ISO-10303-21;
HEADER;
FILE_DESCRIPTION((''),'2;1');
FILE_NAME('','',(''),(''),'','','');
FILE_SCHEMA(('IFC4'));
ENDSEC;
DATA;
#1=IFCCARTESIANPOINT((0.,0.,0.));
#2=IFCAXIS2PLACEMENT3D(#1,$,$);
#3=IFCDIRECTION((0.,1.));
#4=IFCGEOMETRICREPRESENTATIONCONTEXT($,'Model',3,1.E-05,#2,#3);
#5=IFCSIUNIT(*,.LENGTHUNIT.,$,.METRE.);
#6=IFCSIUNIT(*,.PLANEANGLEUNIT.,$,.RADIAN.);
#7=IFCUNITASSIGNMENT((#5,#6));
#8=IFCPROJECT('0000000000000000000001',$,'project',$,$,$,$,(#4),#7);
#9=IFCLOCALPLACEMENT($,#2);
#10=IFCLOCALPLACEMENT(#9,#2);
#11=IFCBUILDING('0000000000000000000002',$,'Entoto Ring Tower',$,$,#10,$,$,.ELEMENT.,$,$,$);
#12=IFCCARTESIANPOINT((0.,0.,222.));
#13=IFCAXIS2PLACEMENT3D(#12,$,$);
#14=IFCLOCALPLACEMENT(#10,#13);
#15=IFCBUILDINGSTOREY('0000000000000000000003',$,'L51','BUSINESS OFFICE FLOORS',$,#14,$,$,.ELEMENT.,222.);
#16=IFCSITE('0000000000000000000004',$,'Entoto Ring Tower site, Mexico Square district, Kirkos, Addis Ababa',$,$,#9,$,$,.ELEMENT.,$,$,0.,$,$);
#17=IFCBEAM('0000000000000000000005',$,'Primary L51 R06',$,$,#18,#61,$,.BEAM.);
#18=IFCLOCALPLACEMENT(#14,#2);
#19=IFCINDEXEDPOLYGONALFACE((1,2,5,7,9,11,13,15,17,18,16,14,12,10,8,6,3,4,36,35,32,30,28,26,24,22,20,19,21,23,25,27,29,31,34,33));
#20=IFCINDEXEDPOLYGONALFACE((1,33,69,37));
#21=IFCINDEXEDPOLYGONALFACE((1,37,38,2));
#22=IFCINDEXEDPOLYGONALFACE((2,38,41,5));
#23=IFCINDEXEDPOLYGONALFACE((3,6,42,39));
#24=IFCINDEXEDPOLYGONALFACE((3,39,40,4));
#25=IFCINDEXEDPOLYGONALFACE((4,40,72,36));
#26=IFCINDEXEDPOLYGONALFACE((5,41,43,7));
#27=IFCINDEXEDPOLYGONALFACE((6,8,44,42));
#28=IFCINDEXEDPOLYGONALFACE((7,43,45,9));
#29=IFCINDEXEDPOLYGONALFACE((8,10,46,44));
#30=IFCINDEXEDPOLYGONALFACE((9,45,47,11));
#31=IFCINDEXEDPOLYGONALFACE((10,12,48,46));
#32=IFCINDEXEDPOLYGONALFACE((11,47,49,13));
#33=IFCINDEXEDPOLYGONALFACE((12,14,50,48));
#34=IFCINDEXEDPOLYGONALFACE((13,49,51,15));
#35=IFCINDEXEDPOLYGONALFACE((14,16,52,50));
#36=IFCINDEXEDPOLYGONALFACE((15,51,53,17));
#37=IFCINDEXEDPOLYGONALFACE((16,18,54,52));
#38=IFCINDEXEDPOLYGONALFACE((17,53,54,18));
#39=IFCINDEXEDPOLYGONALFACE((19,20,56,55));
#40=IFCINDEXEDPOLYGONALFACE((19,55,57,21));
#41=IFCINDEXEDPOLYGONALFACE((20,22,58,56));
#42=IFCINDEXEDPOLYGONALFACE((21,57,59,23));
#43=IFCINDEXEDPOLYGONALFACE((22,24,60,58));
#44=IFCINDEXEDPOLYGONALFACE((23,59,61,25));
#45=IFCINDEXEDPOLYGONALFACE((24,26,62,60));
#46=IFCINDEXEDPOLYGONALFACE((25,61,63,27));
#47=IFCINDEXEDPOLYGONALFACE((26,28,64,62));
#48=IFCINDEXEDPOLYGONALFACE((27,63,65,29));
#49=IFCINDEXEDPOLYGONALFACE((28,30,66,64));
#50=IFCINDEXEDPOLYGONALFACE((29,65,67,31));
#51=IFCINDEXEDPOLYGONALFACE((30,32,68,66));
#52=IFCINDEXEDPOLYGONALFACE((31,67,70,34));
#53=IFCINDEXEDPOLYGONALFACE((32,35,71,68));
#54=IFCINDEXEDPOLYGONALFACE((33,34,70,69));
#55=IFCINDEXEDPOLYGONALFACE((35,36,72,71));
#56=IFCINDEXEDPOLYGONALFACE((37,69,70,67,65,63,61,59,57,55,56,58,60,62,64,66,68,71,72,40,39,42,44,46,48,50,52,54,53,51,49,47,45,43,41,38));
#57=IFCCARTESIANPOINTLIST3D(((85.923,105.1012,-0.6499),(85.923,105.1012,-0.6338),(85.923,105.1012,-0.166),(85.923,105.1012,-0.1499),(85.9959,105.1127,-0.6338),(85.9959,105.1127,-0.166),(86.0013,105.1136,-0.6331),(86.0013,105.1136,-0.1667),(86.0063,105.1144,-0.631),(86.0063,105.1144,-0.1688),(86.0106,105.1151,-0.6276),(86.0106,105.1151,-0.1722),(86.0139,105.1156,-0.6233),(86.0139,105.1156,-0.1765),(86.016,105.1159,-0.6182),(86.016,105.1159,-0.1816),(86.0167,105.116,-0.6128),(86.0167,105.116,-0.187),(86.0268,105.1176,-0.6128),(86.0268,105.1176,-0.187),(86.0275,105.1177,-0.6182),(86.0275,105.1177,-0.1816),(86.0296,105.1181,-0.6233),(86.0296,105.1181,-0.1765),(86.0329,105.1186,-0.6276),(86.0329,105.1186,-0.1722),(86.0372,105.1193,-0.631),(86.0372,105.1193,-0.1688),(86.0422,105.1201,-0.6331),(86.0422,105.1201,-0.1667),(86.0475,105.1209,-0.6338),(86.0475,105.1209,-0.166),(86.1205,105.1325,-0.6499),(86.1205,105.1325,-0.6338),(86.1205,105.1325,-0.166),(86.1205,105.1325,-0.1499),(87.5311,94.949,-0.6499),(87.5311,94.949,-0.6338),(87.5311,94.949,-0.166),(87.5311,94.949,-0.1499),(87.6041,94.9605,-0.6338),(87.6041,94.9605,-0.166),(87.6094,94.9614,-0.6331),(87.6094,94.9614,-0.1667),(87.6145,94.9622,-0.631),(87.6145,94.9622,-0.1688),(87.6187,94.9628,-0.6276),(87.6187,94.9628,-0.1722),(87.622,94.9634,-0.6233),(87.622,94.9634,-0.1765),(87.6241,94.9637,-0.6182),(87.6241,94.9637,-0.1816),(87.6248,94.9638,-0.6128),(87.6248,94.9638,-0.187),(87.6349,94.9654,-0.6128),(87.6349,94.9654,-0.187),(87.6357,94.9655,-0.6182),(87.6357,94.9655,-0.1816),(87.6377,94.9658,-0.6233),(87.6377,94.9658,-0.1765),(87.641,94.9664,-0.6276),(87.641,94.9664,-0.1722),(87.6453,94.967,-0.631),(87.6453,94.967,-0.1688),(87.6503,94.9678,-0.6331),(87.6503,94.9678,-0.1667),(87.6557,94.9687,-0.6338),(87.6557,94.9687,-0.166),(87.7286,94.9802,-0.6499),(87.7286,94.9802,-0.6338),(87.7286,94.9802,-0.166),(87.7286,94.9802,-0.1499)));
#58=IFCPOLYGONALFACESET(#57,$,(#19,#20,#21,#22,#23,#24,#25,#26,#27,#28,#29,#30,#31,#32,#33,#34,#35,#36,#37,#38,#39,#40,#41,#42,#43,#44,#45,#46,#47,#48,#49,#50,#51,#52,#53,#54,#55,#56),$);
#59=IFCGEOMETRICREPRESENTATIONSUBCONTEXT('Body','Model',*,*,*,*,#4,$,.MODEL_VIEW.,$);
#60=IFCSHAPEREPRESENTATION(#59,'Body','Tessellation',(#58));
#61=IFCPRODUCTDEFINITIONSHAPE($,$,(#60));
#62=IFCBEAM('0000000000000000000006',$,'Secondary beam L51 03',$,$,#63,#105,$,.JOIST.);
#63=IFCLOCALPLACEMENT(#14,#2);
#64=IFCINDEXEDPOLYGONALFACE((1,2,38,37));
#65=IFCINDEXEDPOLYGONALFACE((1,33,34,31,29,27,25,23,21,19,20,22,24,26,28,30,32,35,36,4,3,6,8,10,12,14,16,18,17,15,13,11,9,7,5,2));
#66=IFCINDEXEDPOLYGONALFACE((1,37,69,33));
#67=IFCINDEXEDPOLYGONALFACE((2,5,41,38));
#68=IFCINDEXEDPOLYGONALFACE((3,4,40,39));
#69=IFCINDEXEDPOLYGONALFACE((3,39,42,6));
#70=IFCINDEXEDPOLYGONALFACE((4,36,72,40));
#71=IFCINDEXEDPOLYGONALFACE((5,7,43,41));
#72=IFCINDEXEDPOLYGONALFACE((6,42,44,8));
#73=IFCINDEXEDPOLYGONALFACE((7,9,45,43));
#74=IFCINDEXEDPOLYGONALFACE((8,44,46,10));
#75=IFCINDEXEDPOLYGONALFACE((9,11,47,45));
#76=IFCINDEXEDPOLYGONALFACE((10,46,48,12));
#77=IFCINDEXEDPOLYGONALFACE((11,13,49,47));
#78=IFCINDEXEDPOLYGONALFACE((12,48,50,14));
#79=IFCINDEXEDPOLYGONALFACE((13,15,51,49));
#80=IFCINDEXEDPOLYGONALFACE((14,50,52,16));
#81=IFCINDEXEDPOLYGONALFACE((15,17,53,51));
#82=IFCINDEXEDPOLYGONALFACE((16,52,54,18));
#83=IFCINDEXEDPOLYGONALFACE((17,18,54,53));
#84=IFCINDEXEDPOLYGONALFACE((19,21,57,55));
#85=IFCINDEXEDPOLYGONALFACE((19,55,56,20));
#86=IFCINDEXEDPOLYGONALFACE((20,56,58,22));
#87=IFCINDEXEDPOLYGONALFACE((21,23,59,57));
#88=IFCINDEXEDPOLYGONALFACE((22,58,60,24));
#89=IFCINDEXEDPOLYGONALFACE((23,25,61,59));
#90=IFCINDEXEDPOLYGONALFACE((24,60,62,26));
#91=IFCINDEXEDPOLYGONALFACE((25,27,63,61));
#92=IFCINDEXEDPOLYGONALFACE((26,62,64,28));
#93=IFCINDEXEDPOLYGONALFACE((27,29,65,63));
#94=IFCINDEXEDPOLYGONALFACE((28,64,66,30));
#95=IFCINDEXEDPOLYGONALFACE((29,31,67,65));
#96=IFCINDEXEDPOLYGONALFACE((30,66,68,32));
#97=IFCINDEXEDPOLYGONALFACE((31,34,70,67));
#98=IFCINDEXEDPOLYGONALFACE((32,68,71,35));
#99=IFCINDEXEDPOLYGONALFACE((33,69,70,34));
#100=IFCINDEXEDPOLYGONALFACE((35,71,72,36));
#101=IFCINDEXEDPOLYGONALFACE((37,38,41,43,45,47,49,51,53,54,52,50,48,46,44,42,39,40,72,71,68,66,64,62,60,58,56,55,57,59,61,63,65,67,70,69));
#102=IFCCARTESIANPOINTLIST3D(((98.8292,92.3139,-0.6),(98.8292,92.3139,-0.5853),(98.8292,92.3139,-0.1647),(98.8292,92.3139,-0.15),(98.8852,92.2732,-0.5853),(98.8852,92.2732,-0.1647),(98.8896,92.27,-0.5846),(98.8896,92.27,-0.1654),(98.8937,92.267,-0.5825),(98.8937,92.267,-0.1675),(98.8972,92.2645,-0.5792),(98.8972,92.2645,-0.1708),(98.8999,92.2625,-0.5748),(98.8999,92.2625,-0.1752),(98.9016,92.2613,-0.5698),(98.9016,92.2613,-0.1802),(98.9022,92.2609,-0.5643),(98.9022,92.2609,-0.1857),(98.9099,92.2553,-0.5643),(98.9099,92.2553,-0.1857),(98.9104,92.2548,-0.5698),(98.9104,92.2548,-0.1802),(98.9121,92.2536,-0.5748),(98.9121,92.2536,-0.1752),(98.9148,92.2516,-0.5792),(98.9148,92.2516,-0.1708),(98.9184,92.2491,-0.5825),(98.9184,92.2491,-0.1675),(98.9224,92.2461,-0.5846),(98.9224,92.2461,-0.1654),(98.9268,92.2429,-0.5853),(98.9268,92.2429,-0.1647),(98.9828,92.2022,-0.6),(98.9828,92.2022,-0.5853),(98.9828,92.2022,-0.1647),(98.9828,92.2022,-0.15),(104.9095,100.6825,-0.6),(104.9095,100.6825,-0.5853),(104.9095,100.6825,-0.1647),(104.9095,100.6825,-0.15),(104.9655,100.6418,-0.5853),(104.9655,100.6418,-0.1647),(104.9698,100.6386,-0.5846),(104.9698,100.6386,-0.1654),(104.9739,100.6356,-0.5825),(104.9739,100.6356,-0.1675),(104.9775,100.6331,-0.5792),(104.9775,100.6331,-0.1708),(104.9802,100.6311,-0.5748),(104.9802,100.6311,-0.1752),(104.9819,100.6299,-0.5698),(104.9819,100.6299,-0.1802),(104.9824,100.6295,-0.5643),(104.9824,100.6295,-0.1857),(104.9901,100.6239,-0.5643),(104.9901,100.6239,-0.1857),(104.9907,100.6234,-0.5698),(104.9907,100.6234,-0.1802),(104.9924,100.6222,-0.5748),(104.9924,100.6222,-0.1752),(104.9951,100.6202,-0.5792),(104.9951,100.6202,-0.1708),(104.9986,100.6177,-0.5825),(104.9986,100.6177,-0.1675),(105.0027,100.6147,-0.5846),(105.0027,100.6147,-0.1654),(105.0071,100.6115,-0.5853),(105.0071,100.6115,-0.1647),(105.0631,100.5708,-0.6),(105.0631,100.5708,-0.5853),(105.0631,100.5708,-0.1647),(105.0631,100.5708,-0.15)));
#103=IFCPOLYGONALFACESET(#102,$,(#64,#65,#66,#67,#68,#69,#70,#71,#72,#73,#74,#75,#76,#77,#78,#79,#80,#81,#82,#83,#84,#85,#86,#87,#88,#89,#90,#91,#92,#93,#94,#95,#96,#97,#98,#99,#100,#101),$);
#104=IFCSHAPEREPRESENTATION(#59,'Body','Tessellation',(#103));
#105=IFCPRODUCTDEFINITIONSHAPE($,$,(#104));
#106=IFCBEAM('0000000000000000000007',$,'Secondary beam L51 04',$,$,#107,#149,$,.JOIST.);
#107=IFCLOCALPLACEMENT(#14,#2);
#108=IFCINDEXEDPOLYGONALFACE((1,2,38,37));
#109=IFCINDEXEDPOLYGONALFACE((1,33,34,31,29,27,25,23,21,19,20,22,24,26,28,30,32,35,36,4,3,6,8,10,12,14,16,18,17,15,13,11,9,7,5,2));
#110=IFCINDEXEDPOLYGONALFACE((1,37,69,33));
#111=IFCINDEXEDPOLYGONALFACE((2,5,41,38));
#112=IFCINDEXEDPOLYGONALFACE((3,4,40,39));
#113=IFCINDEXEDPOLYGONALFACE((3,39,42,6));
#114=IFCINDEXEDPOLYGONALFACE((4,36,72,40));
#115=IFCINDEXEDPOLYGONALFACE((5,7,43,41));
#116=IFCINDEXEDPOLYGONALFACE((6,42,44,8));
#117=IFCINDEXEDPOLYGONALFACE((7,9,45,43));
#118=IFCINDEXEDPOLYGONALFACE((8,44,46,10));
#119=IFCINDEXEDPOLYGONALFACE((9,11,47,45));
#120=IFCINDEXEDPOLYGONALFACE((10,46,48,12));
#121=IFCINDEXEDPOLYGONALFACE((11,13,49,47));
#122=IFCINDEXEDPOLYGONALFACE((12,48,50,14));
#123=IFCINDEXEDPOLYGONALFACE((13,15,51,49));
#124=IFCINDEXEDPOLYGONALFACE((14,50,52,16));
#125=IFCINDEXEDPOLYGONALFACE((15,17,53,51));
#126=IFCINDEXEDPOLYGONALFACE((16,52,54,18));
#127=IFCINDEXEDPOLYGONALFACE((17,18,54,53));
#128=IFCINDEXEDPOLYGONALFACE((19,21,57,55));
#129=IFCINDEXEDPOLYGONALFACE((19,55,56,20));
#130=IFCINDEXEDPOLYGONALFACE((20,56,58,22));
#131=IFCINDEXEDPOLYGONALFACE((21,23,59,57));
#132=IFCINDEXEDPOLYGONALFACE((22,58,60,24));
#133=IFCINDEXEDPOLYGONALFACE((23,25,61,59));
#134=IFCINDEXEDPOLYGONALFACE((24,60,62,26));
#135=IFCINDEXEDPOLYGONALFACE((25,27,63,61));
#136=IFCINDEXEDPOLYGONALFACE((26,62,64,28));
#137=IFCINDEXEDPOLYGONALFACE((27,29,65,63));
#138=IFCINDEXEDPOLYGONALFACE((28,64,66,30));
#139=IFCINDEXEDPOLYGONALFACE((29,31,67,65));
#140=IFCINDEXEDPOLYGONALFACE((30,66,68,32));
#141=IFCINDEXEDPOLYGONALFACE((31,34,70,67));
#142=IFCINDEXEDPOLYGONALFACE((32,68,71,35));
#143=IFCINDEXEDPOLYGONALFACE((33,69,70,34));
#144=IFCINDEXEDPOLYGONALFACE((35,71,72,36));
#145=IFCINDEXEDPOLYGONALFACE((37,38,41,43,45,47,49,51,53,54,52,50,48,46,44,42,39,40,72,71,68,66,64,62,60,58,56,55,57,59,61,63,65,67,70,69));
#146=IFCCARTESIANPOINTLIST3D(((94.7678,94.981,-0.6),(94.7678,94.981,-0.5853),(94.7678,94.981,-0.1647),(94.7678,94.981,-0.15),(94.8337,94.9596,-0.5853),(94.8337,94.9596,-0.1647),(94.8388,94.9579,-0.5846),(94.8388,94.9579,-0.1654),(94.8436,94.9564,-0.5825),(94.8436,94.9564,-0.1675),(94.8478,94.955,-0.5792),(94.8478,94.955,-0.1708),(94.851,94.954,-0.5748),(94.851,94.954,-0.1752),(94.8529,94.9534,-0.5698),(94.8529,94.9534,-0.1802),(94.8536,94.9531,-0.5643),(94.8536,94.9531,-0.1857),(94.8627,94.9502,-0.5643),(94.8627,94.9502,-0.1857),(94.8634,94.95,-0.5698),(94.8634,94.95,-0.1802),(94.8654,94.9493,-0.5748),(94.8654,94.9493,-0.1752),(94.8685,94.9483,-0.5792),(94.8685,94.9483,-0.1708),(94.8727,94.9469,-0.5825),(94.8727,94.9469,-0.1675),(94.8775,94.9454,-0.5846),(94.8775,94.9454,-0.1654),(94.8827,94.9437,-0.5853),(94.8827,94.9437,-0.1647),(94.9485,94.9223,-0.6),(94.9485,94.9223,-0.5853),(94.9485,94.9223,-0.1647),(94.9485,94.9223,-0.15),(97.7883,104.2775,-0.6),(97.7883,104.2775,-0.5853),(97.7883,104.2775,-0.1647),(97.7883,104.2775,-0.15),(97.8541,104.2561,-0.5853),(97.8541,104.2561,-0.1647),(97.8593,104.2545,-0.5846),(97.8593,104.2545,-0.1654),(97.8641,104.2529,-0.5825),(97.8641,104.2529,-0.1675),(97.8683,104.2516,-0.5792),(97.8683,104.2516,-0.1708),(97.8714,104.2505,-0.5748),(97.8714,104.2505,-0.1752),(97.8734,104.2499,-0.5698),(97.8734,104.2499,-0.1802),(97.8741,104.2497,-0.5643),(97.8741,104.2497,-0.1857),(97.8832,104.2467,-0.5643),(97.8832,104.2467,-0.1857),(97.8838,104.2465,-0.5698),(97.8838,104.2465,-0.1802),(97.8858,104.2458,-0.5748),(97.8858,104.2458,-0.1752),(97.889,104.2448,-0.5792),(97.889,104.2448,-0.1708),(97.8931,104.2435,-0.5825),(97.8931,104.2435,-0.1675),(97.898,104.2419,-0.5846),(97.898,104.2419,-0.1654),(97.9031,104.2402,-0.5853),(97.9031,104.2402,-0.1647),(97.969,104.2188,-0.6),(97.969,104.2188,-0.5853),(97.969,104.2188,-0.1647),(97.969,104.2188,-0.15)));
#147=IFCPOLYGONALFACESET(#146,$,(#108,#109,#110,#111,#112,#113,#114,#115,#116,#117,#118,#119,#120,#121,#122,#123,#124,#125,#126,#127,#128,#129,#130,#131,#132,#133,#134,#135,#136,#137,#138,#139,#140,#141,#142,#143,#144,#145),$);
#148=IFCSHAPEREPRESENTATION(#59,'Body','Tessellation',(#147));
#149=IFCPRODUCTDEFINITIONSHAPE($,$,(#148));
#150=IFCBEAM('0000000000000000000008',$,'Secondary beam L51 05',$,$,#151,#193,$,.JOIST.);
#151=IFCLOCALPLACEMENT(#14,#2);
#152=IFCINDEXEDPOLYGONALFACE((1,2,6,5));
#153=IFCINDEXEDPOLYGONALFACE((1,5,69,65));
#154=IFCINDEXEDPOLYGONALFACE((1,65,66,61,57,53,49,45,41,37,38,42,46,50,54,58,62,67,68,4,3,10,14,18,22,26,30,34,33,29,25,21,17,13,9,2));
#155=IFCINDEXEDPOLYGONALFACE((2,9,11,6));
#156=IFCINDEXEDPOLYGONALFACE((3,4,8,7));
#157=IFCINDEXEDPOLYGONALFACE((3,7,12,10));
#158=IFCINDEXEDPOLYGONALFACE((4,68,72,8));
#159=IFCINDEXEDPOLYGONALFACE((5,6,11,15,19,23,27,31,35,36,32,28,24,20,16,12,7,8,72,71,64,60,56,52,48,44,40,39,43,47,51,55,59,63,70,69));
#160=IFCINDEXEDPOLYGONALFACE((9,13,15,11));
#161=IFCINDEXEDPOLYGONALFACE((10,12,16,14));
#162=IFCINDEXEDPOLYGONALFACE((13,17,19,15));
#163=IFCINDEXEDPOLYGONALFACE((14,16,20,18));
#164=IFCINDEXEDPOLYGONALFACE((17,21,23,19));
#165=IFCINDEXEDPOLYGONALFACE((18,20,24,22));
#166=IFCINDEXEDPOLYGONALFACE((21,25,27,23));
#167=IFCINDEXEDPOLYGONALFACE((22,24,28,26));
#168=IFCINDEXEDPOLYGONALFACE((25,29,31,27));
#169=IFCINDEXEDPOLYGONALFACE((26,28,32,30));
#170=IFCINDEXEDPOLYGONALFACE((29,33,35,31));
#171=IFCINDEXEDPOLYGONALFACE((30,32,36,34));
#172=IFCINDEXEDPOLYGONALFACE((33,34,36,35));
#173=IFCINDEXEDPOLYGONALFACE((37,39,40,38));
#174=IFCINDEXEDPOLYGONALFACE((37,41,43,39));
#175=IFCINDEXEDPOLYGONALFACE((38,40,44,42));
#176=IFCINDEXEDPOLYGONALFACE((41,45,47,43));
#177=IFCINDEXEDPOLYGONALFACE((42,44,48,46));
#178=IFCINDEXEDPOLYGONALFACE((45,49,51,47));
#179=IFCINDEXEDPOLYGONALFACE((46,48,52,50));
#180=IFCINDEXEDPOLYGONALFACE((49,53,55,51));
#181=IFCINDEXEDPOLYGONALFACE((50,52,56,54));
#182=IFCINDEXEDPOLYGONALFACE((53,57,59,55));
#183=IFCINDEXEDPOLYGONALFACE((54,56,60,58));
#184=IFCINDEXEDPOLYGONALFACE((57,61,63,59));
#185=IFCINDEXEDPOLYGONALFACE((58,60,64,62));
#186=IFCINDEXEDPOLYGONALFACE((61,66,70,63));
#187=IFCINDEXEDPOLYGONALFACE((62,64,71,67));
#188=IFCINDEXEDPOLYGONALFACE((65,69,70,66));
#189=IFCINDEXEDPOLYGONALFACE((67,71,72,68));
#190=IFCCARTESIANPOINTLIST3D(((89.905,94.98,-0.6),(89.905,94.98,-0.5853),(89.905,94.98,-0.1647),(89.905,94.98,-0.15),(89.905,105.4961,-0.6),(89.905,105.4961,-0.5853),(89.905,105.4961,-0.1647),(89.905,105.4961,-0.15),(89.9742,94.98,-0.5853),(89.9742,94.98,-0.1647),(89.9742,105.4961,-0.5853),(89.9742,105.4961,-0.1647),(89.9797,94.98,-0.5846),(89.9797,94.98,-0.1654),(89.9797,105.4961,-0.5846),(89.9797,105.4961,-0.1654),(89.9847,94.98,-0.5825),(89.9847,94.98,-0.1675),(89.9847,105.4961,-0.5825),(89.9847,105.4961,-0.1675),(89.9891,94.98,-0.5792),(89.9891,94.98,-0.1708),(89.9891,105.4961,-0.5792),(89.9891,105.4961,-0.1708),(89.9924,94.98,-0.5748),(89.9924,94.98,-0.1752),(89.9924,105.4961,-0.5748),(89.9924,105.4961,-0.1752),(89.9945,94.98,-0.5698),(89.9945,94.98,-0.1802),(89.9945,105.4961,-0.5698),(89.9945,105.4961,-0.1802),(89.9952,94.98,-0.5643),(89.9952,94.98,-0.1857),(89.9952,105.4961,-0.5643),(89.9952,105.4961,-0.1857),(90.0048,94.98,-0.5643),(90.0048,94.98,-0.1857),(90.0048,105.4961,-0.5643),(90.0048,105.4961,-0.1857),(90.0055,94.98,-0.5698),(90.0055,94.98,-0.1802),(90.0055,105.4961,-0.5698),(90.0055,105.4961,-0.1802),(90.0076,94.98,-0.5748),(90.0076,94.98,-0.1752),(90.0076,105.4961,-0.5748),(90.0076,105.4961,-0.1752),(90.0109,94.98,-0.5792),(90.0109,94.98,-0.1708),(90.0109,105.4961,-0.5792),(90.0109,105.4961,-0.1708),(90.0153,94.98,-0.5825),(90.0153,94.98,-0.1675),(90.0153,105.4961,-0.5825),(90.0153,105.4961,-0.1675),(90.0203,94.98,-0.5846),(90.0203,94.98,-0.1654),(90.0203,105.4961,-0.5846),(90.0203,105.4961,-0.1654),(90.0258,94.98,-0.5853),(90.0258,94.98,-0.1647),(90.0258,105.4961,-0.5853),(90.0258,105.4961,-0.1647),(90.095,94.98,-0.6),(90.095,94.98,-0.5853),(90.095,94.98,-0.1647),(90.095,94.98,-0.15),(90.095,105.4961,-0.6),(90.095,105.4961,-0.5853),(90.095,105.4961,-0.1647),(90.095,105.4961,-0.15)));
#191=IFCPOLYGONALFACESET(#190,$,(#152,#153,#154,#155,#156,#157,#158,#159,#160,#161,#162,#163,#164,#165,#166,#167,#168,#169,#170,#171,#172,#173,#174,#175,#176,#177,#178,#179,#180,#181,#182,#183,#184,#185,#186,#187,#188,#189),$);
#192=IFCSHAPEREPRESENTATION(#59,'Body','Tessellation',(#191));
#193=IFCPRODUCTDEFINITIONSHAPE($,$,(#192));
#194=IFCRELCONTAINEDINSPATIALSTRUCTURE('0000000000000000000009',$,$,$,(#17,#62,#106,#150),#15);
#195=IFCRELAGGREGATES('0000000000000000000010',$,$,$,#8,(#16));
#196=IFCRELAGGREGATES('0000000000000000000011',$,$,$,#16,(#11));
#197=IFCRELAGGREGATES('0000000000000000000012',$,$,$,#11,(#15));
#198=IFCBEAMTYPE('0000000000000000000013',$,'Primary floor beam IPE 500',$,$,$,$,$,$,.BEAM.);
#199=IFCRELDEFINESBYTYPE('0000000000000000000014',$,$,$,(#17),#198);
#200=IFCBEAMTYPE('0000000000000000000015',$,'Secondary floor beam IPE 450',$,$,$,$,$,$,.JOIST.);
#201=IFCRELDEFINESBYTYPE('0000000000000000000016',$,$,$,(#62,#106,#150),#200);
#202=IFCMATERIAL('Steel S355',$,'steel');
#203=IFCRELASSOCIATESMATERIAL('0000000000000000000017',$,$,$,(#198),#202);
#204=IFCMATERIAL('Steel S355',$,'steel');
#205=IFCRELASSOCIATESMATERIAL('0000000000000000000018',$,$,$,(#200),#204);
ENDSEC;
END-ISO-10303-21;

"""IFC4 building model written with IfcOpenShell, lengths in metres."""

from ifc_helpers import new_model, si_unit, direction, frame, origin, origin_2d, place, context, subcontext, project, spatial, i_section, extrude, material, material_profile, profile_set, type_object, element, save


model = new_model("IFC4")

# Units and contexts
model_context = context("Model", 3, precision=1e-05, world=origin(), true_north=direction((0.0, 1.0)))
body_context = subcontext(model_context, "Body", "Model", "MODEL_VIEW")
ifc_project = project(units=[si_unit("LENGTHUNIT", "METRE"), si_unit("PLANEANGLEUNIT", "RADIAN")], contexts=[model_context])

# Site, building, storey
site_placement = place(None, origin())
site = spatial("IfcSite", under=ifc_project, at=site_placement, Name="Entoto Ring Tower site, Mexico Square district, Kirkos, Addis Ababa", CompositionType="ELEMENT", RefElevation=0.0)
building_placement = place(site_placement, origin())
building = spatial("IfcBuilding", under=site, at=building_placement, Name="Entoto Ring Tower", CompositionType="ELEMENT")
storey_placement = place(building_placement, frame((0.0, 0.0, 222.0)))
storey = spatial("IfcBuildingStorey", under=building, at=storey_placement, Name="L51", Description="BUSINESS OFFICE FLOORS", CompositionType="ELEMENT", Elevation=222.0)

# Beams
ifc_material_1 = material(Name="Steel S355", Category="steel")
ifc_material_profile_1 = material_profile(ifc_material_1, i_section(OverallWidth=0.2, OverallDepth=0.5, WebThickness=0.0103, FlangeThickness=0.0161, FilletRadius=0.021, at=origin_2d()), Name="IPE 500")
ifc_profile_set_1 = profile_set([ifc_material_profile_1], Name="Steel S355")
beam_type_1 = type_object("IfcBeamType", Name="Primary floor beam IPE 500", PredefinedType="BEAM", material=ifc_profile_set_1)
for number, where, z_axis, x_axis, name in (
    (1, (87.6299, 94.9646, -0.3999), (-0.156452, 0.987686, 0.0), (-0.987686, -0.156452, 0.0), "Primary L51 R06"),
):
    element("IfcBeam", number, at=place(storey_placement, frame(where, z_axis=z_axis, x_axis=x_axis)), inside=storey, type_object=beam_type_1, Name=name, PredefinedType="BEAM", context=body_context, shape_type="SweptSolid", body=[
        extrude(i_section(OverallWidth=0.2, OverallDepth=0.5, WebThickness=0.0103, FlangeThickness=0.0161, FilletRadius=0.021, at=origin_2d()), origin(), (0.0, 0.0, 1.0), 10.2788),
    ])
ifc_material_2 = material(Name="Steel S355", Category="steel")
ifc_material_profile_2 = material_profile(ifc_material_2, i_section(OverallWidth=0.1899, OverallDepth=0.45, WebThickness=0.0095, FlangeThickness=0.0146, FilletRadius=0.021, at=origin_2d()), Name="IPE 450")
ifc_profile_set_2 = profile_set([ifc_material_profile_2], Name="Steel S355")
beam_type_2 = type_object("IfcBeamType", Name="Secondary floor beam IPE 450", PredefinedType="JOIST", material=ifc_profile_set_2)
beam_1_placement = place(storey_placement, frame((98.906, 92.2581, -0.375), z_axis=(0.587794, 0.809011, 0.0), x_axis=(-0.809011, 0.587794, 0.0)))
element("IfcBeam", 2, at=beam_1_placement, inside=storey, type_object=beam_type_2, Name="Secondary beam L51 03", PredefinedType="JOIST", context=body_context, shape_type="SweptSolid", body=[
    extrude(i_section(OverallWidth=0.1899, OverallDepth=0.45, WebThickness=0.0095, FlangeThickness=0.0146, FilletRadius=0.021, at=origin_2d()), origin(), (0.0, 0.0, 1.0), 10.3442),
])
beam_2_placement = place(storey_placement, frame((94.8582, 94.9517, -0.375), z_axis=(0.309003, 0.951061, 0.0), x_axis=(-0.951061, 0.309003, 0.0)))
element("IfcBeam", 3, at=beam_2_placement, inside=storey, type_object=beam_type_2, Name="Secondary beam L51 04", PredefinedType="JOIST", context=body_context, shape_type="SweptSolid", body=[
    extrude(i_section(OverallWidth=0.1899, OverallDepth=0.45, WebThickness=0.0095, FlangeThickness=0.0146, FilletRadius=0.021, at=origin_2d()), origin(), (0.0, 0.0, 1.0), 9.7749),
])
beam_3_placement = place(storey_placement, frame((90.0, 94.98, -0.375), z_axis=(0.0, 1.0, 0.0), x_axis=(-1.0, 0.0, 0.0)))
element("IfcBeam", 4, at=beam_3_placement, inside=storey, type_object=beam_type_2, Name="Secondary beam L51 05", PredefinedType="JOIST", context=body_context, shape_type="SweptSolid", body=[
    extrude(i_section(OverallWidth=0.1899, OverallDepth=0.45, WebThickness=0.0095, FlangeThickness=0.0146, FilletRadius=0.021, at=origin_2d()), origin(), (0.0, 0.0, 1.0), 10.5161),
])

save(model, "model.ifc")
